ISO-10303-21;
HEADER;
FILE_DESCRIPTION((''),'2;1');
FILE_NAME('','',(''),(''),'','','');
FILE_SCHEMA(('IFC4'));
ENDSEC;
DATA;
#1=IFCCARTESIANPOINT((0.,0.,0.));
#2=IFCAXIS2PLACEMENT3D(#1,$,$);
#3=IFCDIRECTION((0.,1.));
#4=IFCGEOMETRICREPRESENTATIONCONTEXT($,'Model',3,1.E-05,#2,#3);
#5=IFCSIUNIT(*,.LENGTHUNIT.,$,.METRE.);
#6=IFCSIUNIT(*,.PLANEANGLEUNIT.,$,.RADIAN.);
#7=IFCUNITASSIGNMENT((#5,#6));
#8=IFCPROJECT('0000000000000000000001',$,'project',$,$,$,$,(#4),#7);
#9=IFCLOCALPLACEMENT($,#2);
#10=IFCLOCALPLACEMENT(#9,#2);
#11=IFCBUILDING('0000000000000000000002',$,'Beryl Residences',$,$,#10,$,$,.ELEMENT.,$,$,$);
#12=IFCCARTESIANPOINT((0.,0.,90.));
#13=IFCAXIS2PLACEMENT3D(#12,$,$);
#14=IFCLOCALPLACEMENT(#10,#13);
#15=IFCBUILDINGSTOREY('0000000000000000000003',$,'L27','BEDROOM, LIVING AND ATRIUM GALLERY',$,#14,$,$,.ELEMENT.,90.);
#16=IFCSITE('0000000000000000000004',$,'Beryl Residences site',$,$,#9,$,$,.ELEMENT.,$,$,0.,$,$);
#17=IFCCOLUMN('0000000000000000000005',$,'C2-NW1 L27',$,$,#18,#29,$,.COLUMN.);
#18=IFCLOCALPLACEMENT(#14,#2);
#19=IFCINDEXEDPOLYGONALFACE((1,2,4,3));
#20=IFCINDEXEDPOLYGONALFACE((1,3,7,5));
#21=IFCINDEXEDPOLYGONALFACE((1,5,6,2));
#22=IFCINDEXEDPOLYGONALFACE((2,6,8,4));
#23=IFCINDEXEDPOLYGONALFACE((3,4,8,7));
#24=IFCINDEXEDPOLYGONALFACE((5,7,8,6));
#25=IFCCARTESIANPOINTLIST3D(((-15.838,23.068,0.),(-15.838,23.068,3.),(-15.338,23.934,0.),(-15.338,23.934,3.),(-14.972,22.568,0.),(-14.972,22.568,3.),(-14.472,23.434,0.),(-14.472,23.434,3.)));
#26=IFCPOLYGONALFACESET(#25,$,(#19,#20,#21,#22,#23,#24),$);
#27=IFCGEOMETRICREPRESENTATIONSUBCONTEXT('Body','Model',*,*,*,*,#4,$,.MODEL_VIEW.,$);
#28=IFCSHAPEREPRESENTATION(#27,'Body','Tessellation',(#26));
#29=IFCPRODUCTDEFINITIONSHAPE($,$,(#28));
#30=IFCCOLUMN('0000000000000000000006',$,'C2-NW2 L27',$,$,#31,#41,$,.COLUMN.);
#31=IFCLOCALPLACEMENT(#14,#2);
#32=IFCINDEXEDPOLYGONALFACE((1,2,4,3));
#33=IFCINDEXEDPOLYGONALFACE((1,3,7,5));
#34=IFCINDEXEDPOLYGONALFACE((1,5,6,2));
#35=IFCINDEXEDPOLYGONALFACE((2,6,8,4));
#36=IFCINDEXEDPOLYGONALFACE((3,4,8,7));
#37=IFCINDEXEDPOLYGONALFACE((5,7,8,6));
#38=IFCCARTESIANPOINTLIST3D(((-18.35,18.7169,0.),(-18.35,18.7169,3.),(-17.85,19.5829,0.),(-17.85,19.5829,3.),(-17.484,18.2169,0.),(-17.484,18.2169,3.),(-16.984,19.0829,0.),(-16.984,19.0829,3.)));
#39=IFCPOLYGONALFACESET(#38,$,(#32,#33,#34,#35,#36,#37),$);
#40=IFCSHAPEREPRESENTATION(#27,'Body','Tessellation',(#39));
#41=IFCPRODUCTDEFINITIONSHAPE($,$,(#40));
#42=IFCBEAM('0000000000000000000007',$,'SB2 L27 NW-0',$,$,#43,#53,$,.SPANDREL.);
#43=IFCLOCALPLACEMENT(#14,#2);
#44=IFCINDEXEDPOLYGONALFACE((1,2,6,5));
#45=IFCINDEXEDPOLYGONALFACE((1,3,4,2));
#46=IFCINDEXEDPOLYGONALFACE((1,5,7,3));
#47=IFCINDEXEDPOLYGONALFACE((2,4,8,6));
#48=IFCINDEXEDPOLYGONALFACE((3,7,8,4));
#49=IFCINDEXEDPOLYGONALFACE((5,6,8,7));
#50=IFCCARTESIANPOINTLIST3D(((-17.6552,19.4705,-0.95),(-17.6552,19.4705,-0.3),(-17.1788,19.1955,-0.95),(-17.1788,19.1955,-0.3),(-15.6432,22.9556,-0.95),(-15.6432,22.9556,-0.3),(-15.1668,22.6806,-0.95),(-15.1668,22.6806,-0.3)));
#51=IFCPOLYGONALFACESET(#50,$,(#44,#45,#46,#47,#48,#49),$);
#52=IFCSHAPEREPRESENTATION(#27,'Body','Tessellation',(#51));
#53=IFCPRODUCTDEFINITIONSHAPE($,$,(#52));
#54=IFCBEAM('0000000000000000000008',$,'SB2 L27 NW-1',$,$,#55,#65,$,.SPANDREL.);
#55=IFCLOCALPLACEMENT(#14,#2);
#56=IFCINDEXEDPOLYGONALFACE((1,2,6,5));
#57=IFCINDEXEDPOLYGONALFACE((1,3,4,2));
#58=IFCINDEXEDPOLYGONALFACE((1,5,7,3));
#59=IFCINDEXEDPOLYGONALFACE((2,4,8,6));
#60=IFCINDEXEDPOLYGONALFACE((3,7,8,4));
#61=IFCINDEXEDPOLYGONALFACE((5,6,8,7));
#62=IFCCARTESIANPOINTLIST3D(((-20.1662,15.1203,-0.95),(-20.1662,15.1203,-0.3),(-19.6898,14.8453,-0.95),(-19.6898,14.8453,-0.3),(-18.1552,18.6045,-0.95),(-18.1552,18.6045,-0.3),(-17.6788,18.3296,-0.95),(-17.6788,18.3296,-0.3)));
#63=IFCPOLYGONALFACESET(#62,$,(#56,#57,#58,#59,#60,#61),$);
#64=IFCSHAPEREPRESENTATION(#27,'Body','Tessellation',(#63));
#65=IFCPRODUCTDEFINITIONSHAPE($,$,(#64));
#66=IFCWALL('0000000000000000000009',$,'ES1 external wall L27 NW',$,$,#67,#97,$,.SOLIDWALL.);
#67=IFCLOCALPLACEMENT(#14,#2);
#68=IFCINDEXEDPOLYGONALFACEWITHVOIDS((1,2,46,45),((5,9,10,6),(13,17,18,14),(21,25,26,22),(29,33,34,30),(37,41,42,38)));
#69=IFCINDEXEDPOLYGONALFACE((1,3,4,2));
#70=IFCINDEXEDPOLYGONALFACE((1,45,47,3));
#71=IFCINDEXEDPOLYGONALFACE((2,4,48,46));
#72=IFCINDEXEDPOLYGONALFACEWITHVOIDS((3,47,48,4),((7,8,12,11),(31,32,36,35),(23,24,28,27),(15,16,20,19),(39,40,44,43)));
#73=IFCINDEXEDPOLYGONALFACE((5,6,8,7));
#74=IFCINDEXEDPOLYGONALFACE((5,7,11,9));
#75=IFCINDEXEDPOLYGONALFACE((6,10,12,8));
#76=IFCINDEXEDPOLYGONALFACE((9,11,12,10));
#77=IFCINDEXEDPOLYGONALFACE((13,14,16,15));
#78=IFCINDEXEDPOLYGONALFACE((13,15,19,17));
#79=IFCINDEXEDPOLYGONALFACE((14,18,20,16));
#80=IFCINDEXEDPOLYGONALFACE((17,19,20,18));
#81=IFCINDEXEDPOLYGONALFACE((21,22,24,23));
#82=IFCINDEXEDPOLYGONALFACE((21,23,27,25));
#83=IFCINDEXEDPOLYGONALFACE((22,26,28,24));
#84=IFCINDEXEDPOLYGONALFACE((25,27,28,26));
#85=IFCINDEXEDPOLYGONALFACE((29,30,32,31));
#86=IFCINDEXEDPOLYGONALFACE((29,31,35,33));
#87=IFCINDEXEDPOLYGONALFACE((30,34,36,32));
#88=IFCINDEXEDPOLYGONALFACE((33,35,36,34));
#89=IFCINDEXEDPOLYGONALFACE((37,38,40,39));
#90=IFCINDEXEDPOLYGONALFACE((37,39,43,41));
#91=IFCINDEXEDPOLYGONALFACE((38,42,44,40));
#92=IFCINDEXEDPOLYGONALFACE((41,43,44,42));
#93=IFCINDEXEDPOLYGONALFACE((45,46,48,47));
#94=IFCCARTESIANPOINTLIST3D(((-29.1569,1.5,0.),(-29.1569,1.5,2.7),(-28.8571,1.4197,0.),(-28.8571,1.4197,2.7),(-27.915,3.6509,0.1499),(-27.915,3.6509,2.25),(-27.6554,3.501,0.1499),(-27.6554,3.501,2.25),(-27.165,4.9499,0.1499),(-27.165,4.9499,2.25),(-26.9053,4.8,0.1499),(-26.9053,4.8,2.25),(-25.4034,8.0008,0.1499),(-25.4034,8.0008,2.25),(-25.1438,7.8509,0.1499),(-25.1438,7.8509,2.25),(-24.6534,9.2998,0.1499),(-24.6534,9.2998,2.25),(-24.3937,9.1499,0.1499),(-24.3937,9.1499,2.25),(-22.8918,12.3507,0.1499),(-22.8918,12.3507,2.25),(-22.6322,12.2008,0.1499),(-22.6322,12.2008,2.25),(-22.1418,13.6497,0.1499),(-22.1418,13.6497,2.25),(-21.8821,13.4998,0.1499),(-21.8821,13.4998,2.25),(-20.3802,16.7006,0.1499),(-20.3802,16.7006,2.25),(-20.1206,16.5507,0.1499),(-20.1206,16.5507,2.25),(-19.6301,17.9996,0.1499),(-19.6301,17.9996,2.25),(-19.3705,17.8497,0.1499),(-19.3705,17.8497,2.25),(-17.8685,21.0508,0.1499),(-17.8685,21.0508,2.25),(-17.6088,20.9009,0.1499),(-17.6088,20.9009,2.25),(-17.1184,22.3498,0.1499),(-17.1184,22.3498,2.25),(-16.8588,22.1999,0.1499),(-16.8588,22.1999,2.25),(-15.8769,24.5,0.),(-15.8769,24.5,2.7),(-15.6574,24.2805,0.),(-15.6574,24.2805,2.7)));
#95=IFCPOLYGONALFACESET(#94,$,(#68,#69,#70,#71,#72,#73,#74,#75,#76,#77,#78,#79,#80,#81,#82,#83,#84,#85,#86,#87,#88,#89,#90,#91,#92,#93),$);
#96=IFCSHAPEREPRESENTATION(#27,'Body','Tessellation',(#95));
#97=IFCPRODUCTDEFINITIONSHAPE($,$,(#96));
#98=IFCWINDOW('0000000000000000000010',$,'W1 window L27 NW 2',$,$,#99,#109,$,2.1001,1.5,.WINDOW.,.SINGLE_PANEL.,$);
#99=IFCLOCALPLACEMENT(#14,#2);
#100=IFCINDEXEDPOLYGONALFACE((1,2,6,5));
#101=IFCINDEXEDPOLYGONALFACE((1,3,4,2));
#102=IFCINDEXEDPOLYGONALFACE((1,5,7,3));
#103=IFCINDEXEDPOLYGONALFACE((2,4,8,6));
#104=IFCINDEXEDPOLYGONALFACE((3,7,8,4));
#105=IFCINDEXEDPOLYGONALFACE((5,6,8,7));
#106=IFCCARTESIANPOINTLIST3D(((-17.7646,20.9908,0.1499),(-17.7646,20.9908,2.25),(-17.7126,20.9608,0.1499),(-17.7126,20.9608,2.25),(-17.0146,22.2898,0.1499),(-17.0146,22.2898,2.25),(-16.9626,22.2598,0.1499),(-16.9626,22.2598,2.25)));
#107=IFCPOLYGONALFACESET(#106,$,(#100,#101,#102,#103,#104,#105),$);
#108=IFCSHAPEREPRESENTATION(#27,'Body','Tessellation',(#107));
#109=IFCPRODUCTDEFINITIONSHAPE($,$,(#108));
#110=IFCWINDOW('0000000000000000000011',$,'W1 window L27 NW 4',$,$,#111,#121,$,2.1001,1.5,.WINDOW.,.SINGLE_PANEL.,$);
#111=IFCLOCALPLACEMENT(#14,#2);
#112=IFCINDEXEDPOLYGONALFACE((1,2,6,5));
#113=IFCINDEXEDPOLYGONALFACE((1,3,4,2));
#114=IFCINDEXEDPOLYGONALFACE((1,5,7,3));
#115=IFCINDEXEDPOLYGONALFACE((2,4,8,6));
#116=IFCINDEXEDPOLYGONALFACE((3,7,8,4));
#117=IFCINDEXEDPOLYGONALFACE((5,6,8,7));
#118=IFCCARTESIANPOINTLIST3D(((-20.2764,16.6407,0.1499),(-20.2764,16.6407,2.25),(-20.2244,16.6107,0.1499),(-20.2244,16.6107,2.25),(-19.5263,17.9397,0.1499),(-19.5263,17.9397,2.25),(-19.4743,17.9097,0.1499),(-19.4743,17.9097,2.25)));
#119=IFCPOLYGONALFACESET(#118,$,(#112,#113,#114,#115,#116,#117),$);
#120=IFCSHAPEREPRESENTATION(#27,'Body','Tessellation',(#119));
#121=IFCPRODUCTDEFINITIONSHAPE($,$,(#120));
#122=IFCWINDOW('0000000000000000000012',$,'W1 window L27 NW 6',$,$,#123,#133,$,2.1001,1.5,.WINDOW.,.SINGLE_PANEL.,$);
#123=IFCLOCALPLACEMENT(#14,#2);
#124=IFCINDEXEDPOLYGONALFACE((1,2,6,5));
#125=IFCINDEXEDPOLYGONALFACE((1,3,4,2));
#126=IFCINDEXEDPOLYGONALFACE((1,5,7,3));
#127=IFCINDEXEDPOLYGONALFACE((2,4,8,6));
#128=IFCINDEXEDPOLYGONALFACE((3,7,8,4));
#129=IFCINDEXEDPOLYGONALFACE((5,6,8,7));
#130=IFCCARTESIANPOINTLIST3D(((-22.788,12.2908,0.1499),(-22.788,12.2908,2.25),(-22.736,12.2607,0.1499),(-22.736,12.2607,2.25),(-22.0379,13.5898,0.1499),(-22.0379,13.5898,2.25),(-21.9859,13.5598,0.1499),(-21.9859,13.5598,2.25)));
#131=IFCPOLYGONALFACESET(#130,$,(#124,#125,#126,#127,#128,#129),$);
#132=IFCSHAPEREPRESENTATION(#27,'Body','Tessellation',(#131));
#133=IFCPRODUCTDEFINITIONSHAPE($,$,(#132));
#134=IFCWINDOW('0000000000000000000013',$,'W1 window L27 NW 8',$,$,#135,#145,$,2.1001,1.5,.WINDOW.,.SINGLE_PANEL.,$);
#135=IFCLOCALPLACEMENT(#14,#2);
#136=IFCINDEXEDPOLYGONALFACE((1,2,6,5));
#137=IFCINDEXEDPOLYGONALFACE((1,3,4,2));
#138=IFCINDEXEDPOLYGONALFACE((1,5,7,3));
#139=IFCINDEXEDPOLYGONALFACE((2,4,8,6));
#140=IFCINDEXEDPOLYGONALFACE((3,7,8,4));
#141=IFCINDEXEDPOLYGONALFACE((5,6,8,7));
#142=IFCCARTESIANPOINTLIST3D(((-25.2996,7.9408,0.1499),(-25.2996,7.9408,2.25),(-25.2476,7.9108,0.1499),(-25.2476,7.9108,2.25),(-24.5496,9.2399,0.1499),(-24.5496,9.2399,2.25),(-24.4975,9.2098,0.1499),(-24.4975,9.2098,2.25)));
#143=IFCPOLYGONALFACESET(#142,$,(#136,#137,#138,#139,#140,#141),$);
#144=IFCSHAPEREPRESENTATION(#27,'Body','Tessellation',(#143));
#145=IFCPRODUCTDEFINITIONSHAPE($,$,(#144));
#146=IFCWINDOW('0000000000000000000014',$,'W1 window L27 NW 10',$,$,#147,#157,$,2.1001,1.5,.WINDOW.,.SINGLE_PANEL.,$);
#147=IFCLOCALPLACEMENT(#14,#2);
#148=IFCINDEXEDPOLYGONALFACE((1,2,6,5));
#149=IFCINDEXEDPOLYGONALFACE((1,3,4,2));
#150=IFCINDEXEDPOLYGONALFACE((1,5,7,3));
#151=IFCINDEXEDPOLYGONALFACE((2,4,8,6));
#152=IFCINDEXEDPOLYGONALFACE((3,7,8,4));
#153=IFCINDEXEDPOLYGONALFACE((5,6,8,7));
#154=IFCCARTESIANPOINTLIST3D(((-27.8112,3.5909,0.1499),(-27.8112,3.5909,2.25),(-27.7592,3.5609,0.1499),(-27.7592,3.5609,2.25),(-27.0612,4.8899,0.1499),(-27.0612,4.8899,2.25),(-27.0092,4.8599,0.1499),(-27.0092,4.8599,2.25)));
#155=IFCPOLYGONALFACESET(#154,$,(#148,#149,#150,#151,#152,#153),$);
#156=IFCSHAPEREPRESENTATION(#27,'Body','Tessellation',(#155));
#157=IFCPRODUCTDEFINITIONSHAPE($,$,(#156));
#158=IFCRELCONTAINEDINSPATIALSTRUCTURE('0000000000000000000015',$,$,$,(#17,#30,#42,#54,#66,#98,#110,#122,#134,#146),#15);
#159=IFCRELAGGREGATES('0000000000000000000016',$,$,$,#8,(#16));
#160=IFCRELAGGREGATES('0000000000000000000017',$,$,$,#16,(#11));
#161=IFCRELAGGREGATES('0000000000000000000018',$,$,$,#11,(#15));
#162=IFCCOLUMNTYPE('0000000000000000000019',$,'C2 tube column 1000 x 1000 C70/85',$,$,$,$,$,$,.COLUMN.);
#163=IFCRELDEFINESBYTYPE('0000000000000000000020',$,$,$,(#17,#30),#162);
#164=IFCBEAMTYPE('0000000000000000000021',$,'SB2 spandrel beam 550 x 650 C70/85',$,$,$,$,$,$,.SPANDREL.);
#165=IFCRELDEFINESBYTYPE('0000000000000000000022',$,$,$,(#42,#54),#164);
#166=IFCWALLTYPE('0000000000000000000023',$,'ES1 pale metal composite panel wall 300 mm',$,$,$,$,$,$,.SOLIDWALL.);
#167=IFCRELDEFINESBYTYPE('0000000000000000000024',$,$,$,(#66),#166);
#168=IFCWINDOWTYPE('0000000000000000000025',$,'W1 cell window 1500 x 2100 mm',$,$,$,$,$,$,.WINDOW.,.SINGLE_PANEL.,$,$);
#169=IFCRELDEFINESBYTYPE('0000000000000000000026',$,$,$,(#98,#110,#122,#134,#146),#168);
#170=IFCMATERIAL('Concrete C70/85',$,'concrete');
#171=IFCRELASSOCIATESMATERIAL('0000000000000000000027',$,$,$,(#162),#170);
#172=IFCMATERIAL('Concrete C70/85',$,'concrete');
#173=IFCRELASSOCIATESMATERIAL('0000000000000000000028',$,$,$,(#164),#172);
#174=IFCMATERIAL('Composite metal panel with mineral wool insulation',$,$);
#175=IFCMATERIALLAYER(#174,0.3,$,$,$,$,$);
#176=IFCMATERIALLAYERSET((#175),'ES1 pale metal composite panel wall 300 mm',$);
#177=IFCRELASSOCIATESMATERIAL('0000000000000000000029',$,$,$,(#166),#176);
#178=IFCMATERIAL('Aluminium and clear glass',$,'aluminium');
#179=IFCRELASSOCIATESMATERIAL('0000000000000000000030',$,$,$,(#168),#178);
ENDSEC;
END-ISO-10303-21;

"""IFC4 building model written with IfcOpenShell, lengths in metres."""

from ifc_helpers import new_model, si_unit, direction, frame, frame_2d, origin, origin_2d, place, context, subcontext, project, spatial, polyline, rectangle, outline, extrude, material, layer, layer_set, material_profile, profile_set, type_object, element, fill, save


model = new_model("IFC4")

# Units and contexts
model_context = context("Model", 3, precision=1e-05, world=origin(), true_north=direction((0.0, 1.0)))
body_context = subcontext(model_context, "Body", "Model", "MODEL_VIEW")
ifc_project = project(units=[si_unit("LENGTHUNIT", "METRE"), si_unit("PLANEANGLEUNIT", "RADIAN")], contexts=[model_context])

# Site, building, storey
site_placement = place(None, origin())
site = spatial("IfcSite", under=ifc_project, at=site_placement, Name="Beryl Residences site", CompositionType="ELEMENT", RefElevation=0.0)
building_placement = place(site_placement, origin())
building = spatial("IfcBuilding", under=site, at=building_placement, Name="Beryl Residences", CompositionType="ELEMENT")
storey_placement = place(building_placement, frame((0.0, 0.0, 90.0)))
storey = spatial("IfcBuildingStorey", under=building, at=storey_placement, Name="L27", Description="BEDROOM, LIVING AND ATRIUM GALLERY", CompositionType="ELEMENT", Elevation=90.0)

# Columns
ifc_material_1 = material(Name="Concrete C70/85", Category="concrete")
ifc_material_profile_1 = material_profile(ifc_material_1, rectangle(XDim=1.0, YDim=1.0, at=origin_2d()))
ifc_profile_set_1 = profile_set([ifc_material_profile_1], Name="Concrete C70/85")
column_type = type_object("IfcColumnType", Name="C2 tube column 1000 x 1000 C70/85", PredefinedType="COLUMN", material=ifc_profile_set_1)
for number, where, z_axis, x_axis, name in (
    (1, (-15.155, 23.251, 0.0), (0.0, 0.0, 1.0), (-0.5, -0.866025, 0.0), "C2-NW1 L27"),
    (2, (-17.667, 18.8999, 0.0), (0.0, 0.0, 1.0), (-0.5, -0.866025, 0.0), "C2-NW2 L27"),
):
    element("IfcColumn", number, at=place(storey_placement, frame(where, z_axis=z_axis, x_axis=x_axis)), inside=storey, type_object=column_type, Name=name, PredefinedType="COLUMN", context=body_context, shape_type="SweptSolid", body=[
        extrude(rectangle(XDim=1.0, YDim=1.0, at=origin_2d()), origin(), (0.0, 0.0, 1.0), 3.0),
    ])

# Beams
ifc_material_2 = material(Name="Concrete C70/85", Category="concrete")
ifc_material_profile_2 = material_profile(ifc_material_2, rectangle(XDim=0.55, YDim=0.6499, at=origin_2d()))
ifc_profile_set_2 = profile_set([ifc_material_profile_2], Name="Concrete C70/85")
beam_type = type_object("IfcBeamType", Name="SB2 spandrel beam 550 x 650 C70/85", PredefinedType="SPANDREL", material=ifc_profile_set_2)
beam_1_placement = place(storey_placement, frame((-15.405, 22.8181, -0.625), z_axis=(-0.499969, -0.866043, 0.0), x_axis=(0.866043, -0.499969, 0.0)))
element("IfcBeam", 3, at=beam_1_placement, inside=storey, type_object=beam_type, Name="SB2 L27 NW-0", PredefinedType="SPANDREL", context=body_context, shape_type="SweptSolid", body=[
    extrude(rectangle(XDim=0.55, YDim=0.6499, at=origin_2d()), origin(), (0.0, 0.0, 1.0), 4.0242),
])
beam_2_placement = place(storey_placement, frame((-17.917, 18.467, -0.625), z_axis=(-0.499892, -0.866088, 0.0), x_axis=(0.866088, -0.499892, 0.0)))
element("IfcBeam", 4, at=beam_2_placement, inside=storey, type_object=beam_type, Name="SB2 L27 NW-1", PredefinedType="SPANDREL", context=body_context, shape_type="SweptSolid", body=[
    extrude(rectangle(XDim=0.55, YDim=0.6499, at=origin_2d()), origin(), (0.0, 0.0, 1.0), 4.0229),
])

# Wall, openings, windows
ifc_material_3 = material(Name="Composite metal panel with mineral wool insulation")
ifc_layer_1 = layer(ifc_material_3, 0.3)
ifc_layer_set_1 = layer_set([ifc_layer_1], Name="ES1 pale metal composite panel wall 300 mm")
wall_type_1 = type_object("IfcWallType", Name="ES1 pale metal composite panel wall 300 mm", PredefinedType="SOLIDWALL", material=ifc_layer_set_1)
wall_1_placement = place(storey_placement, frame((-15.7471, 24.425, 0.0), z_axis=(0.0, 0.0, 1.0), x_axis=(-0.500027, -0.86601, 0.0)))
wall_1 = element("IfcWall", 5, at=wall_1_placement, inside=storey, type_object=wall_type_1, Name="ES1 external wall L27 NW", PredefinedType="SOLIDWALL", context=body_context, shape_type="SweptSolid", body=[
    extrude(outline(polyline([(0.0, -0.1499), (26.5586, -0.1499), (26.4783, 0.1499), (0.0803, 0.1499), (0.0, -0.1499)])), origin(), (0.0, 0.0, 1.0), 2.7),
])
opening_1_placement = place(wall_1_placement, frame((2.4829, 0.0, 0.1499)))
opening_1 = element("IfcOpeningElement", 6, at=opening_1_placement, cuts=wall_1, PredefinedType="OPENING", context=body_context, shape_type="SweptSolid", body=[
    extrude(rectangle(XDim=1.5, YDim=2.1001, at=frame_2d((0.75, 1.05))), frame((0.0, 0.1599, 0.0), z_axis=(0.0, -1.0, 0.0), x_axis=(1.0, 0.0, 0.0)), (0.0, 0.0, 1.0), 0.3201),
])
opening_2_placement = place(wall_1_placement, frame((7.5061, 0.0, 0.1499)))
opening_2 = element("IfcOpeningElement", 7, at=opening_2_placement, cuts=wall_1, PredefinedType="OPENING", context=body_context, shape_type="SweptSolid", body=[
    extrude(rectangle(XDim=1.5, YDim=2.1001, at=frame_2d((0.75, 1.05))), frame((0.0, 0.1599, 0.0), z_axis=(0.0, -1.0, 0.0), x_axis=(1.0, 0.0, 0.0)), (0.0, 0.0, 1.0), 0.3201),
])
opening_3_placement = place(wall_1_placement, frame((12.5291, 0.0, 0.1499)))
opening_3 = element("IfcOpeningElement", 8, at=opening_3_placement, cuts=wall_1, PredefinedType="OPENING", context=body_context, shape_type="SweptSolid", body=[
    extrude(rectangle(XDim=1.5, YDim=2.1001, at=frame_2d((0.75, 1.05))), frame((0.0, 0.1599, 0.0), z_axis=(0.0, -1.0, 0.0), x_axis=(1.0, 0.0, 0.0)), (0.0, 0.0, 1.0), 0.3201),
])
opening_4_placement = place(wall_1_placement, frame((17.552, 0.0, 0.1499)))
opening_4 = element("IfcOpeningElement", 9, at=opening_4_placement, cuts=wall_1, PredefinedType="OPENING", context=body_context, shape_type="SweptSolid", body=[
    extrude(rectangle(XDim=1.5, YDim=2.1001, at=frame_2d((0.75, 1.05))), frame((0.0, 0.1599, 0.0), z_axis=(0.0, -1.0, 0.0), x_axis=(1.0, 0.0, 0.0)), (0.0, 0.0, 1.0), 0.3201),
])
opening_5_placement = place(wall_1_placement, frame((22.575, 0.0, 0.1499)))
opening_5 = element("IfcOpeningElement", 10, at=opening_5_placement, cuts=wall_1, PredefinedType="OPENING", context=body_context, shape_type="SweptSolid", body=[
    extrude(rectangle(XDim=1.5, YDim=2.1001, at=frame_2d((0.75, 1.05))), frame((0.0, 0.1599, 0.0), z_axis=(0.0, -1.0, 0.0), x_axis=(1.0, 0.0, 0.0)), (0.0, 0.0, 1.0), 0.3201),
])
ifc_material_4 = material(Name="Aluminium and clear glass", Category="aluminium")
window_type = type_object("IfcWindowType", Name="W1 cell window 1500 x 2100 mm", PartitioningType="SINGLE_PANEL", PredefinedType="WINDOW", material=ifc_material_4)
window_1_placement = place(opening_1_placement, origin())
window_1 = element("IfcWindow", 11, at=window_1_placement, inside=storey, type_object=window_type, Name="W1 window L27 NW 2", OverallHeight=2.1001, OverallWidth=1.5, PartitioningType="SINGLE_PANEL", PredefinedType="WINDOW", context=body_context, shape_type="SweptSolid", body=[
    extrude(rectangle(XDim=1.5, YDim=2.1001, at=frame_2d((0.75, 1.05))), frame((0.0, 0.03, 0.0), z_axis=(0.0, -1.0, 0.0), x_axis=(1.0, 0.0, 0.0)), (0.0, 0.0, 1.0), 0.0601),
])
fill(opening_1, window_1)
window_2_placement = place(opening_2_placement, origin())
window_2 = element("IfcWindow", 12, at=window_2_placement, inside=storey, type_object=window_type, Name="W1 window L27 NW 4", OverallHeight=2.1001, OverallWidth=1.5, PartitioningType="SINGLE_PANEL", PredefinedType="WINDOW", context=body_context, shape_type="SweptSolid", body=[
    extrude(rectangle(XDim=1.5, YDim=2.1001, at=frame_2d((0.75, 1.05))), frame((0.0, 0.03, 0.0), z_axis=(0.0, -1.0, 0.0), x_axis=(1.0, 0.0, 0.0)), (0.0, 0.0, 1.0), 0.0601),
])
fill(opening_2, window_2)
window_3_placement = place(opening_3_placement, origin())
window_3 = element("IfcWindow", 13, at=window_3_placement, inside=storey, type_object=window_type, Name="W1 window L27 NW 6", OverallHeight=2.1001, OverallWidth=1.5, PartitioningType="SINGLE_PANEL", PredefinedType="WINDOW", context=body_context, shape_type="SweptSolid", body=[
    extrude(rectangle(XDim=1.5, YDim=2.1001, at=frame_2d((0.75, 1.05))), frame((0.0, 0.03, 0.0), z_axis=(0.0, -1.0, 0.0), x_axis=(1.0, 0.0, 0.0)), (0.0, 0.0, 1.0), 0.0601),
])
fill(opening_3, window_3)
window_4_placement = place(opening_4_placement, origin())
window_4 = element("IfcWindow", 14, at=window_4_placement, inside=storey, type_object=window_type, Name="W1 window L27 NW 8", OverallHeight=2.1001, OverallWidth=1.5, PartitioningType="SINGLE_PANEL", PredefinedType="WINDOW", context=body_context, shape_type="SweptSolid", body=[
    extrude(rectangle(XDim=1.5, YDim=2.1001, at=frame_2d((0.75, 1.05))), frame((0.0, 0.03, 0.0), z_axis=(0.0, -1.0, 0.0), x_axis=(1.0, 0.0, 0.0)), (0.0, 0.0, 1.0), 0.0601),
])
fill(opening_4, window_4)
window_5_placement = place(opening_5_placement, origin())
window_5 = element("IfcWindow", 15, at=window_5_placement, inside=storey, type_object=window_type, Name="W1 window L27 NW 10", OverallHeight=2.1001, OverallWidth=1.5, PartitioningType="SINGLE_PANEL", PredefinedType="WINDOW", context=body_context, shape_type="SweptSolid", body=[
    extrude(rectangle(XDim=1.5, YDim=2.1001, at=frame_2d((0.75, 1.05))), frame((0.0, 0.03, 0.0), z_axis=(0.0, -1.0, 0.0), x_axis=(1.0, 0.0, 0.0)), (0.0, 0.0, 1.0), 0.0601),
])
fill(opening_5, window_5)

save(model, "model.ifc")
